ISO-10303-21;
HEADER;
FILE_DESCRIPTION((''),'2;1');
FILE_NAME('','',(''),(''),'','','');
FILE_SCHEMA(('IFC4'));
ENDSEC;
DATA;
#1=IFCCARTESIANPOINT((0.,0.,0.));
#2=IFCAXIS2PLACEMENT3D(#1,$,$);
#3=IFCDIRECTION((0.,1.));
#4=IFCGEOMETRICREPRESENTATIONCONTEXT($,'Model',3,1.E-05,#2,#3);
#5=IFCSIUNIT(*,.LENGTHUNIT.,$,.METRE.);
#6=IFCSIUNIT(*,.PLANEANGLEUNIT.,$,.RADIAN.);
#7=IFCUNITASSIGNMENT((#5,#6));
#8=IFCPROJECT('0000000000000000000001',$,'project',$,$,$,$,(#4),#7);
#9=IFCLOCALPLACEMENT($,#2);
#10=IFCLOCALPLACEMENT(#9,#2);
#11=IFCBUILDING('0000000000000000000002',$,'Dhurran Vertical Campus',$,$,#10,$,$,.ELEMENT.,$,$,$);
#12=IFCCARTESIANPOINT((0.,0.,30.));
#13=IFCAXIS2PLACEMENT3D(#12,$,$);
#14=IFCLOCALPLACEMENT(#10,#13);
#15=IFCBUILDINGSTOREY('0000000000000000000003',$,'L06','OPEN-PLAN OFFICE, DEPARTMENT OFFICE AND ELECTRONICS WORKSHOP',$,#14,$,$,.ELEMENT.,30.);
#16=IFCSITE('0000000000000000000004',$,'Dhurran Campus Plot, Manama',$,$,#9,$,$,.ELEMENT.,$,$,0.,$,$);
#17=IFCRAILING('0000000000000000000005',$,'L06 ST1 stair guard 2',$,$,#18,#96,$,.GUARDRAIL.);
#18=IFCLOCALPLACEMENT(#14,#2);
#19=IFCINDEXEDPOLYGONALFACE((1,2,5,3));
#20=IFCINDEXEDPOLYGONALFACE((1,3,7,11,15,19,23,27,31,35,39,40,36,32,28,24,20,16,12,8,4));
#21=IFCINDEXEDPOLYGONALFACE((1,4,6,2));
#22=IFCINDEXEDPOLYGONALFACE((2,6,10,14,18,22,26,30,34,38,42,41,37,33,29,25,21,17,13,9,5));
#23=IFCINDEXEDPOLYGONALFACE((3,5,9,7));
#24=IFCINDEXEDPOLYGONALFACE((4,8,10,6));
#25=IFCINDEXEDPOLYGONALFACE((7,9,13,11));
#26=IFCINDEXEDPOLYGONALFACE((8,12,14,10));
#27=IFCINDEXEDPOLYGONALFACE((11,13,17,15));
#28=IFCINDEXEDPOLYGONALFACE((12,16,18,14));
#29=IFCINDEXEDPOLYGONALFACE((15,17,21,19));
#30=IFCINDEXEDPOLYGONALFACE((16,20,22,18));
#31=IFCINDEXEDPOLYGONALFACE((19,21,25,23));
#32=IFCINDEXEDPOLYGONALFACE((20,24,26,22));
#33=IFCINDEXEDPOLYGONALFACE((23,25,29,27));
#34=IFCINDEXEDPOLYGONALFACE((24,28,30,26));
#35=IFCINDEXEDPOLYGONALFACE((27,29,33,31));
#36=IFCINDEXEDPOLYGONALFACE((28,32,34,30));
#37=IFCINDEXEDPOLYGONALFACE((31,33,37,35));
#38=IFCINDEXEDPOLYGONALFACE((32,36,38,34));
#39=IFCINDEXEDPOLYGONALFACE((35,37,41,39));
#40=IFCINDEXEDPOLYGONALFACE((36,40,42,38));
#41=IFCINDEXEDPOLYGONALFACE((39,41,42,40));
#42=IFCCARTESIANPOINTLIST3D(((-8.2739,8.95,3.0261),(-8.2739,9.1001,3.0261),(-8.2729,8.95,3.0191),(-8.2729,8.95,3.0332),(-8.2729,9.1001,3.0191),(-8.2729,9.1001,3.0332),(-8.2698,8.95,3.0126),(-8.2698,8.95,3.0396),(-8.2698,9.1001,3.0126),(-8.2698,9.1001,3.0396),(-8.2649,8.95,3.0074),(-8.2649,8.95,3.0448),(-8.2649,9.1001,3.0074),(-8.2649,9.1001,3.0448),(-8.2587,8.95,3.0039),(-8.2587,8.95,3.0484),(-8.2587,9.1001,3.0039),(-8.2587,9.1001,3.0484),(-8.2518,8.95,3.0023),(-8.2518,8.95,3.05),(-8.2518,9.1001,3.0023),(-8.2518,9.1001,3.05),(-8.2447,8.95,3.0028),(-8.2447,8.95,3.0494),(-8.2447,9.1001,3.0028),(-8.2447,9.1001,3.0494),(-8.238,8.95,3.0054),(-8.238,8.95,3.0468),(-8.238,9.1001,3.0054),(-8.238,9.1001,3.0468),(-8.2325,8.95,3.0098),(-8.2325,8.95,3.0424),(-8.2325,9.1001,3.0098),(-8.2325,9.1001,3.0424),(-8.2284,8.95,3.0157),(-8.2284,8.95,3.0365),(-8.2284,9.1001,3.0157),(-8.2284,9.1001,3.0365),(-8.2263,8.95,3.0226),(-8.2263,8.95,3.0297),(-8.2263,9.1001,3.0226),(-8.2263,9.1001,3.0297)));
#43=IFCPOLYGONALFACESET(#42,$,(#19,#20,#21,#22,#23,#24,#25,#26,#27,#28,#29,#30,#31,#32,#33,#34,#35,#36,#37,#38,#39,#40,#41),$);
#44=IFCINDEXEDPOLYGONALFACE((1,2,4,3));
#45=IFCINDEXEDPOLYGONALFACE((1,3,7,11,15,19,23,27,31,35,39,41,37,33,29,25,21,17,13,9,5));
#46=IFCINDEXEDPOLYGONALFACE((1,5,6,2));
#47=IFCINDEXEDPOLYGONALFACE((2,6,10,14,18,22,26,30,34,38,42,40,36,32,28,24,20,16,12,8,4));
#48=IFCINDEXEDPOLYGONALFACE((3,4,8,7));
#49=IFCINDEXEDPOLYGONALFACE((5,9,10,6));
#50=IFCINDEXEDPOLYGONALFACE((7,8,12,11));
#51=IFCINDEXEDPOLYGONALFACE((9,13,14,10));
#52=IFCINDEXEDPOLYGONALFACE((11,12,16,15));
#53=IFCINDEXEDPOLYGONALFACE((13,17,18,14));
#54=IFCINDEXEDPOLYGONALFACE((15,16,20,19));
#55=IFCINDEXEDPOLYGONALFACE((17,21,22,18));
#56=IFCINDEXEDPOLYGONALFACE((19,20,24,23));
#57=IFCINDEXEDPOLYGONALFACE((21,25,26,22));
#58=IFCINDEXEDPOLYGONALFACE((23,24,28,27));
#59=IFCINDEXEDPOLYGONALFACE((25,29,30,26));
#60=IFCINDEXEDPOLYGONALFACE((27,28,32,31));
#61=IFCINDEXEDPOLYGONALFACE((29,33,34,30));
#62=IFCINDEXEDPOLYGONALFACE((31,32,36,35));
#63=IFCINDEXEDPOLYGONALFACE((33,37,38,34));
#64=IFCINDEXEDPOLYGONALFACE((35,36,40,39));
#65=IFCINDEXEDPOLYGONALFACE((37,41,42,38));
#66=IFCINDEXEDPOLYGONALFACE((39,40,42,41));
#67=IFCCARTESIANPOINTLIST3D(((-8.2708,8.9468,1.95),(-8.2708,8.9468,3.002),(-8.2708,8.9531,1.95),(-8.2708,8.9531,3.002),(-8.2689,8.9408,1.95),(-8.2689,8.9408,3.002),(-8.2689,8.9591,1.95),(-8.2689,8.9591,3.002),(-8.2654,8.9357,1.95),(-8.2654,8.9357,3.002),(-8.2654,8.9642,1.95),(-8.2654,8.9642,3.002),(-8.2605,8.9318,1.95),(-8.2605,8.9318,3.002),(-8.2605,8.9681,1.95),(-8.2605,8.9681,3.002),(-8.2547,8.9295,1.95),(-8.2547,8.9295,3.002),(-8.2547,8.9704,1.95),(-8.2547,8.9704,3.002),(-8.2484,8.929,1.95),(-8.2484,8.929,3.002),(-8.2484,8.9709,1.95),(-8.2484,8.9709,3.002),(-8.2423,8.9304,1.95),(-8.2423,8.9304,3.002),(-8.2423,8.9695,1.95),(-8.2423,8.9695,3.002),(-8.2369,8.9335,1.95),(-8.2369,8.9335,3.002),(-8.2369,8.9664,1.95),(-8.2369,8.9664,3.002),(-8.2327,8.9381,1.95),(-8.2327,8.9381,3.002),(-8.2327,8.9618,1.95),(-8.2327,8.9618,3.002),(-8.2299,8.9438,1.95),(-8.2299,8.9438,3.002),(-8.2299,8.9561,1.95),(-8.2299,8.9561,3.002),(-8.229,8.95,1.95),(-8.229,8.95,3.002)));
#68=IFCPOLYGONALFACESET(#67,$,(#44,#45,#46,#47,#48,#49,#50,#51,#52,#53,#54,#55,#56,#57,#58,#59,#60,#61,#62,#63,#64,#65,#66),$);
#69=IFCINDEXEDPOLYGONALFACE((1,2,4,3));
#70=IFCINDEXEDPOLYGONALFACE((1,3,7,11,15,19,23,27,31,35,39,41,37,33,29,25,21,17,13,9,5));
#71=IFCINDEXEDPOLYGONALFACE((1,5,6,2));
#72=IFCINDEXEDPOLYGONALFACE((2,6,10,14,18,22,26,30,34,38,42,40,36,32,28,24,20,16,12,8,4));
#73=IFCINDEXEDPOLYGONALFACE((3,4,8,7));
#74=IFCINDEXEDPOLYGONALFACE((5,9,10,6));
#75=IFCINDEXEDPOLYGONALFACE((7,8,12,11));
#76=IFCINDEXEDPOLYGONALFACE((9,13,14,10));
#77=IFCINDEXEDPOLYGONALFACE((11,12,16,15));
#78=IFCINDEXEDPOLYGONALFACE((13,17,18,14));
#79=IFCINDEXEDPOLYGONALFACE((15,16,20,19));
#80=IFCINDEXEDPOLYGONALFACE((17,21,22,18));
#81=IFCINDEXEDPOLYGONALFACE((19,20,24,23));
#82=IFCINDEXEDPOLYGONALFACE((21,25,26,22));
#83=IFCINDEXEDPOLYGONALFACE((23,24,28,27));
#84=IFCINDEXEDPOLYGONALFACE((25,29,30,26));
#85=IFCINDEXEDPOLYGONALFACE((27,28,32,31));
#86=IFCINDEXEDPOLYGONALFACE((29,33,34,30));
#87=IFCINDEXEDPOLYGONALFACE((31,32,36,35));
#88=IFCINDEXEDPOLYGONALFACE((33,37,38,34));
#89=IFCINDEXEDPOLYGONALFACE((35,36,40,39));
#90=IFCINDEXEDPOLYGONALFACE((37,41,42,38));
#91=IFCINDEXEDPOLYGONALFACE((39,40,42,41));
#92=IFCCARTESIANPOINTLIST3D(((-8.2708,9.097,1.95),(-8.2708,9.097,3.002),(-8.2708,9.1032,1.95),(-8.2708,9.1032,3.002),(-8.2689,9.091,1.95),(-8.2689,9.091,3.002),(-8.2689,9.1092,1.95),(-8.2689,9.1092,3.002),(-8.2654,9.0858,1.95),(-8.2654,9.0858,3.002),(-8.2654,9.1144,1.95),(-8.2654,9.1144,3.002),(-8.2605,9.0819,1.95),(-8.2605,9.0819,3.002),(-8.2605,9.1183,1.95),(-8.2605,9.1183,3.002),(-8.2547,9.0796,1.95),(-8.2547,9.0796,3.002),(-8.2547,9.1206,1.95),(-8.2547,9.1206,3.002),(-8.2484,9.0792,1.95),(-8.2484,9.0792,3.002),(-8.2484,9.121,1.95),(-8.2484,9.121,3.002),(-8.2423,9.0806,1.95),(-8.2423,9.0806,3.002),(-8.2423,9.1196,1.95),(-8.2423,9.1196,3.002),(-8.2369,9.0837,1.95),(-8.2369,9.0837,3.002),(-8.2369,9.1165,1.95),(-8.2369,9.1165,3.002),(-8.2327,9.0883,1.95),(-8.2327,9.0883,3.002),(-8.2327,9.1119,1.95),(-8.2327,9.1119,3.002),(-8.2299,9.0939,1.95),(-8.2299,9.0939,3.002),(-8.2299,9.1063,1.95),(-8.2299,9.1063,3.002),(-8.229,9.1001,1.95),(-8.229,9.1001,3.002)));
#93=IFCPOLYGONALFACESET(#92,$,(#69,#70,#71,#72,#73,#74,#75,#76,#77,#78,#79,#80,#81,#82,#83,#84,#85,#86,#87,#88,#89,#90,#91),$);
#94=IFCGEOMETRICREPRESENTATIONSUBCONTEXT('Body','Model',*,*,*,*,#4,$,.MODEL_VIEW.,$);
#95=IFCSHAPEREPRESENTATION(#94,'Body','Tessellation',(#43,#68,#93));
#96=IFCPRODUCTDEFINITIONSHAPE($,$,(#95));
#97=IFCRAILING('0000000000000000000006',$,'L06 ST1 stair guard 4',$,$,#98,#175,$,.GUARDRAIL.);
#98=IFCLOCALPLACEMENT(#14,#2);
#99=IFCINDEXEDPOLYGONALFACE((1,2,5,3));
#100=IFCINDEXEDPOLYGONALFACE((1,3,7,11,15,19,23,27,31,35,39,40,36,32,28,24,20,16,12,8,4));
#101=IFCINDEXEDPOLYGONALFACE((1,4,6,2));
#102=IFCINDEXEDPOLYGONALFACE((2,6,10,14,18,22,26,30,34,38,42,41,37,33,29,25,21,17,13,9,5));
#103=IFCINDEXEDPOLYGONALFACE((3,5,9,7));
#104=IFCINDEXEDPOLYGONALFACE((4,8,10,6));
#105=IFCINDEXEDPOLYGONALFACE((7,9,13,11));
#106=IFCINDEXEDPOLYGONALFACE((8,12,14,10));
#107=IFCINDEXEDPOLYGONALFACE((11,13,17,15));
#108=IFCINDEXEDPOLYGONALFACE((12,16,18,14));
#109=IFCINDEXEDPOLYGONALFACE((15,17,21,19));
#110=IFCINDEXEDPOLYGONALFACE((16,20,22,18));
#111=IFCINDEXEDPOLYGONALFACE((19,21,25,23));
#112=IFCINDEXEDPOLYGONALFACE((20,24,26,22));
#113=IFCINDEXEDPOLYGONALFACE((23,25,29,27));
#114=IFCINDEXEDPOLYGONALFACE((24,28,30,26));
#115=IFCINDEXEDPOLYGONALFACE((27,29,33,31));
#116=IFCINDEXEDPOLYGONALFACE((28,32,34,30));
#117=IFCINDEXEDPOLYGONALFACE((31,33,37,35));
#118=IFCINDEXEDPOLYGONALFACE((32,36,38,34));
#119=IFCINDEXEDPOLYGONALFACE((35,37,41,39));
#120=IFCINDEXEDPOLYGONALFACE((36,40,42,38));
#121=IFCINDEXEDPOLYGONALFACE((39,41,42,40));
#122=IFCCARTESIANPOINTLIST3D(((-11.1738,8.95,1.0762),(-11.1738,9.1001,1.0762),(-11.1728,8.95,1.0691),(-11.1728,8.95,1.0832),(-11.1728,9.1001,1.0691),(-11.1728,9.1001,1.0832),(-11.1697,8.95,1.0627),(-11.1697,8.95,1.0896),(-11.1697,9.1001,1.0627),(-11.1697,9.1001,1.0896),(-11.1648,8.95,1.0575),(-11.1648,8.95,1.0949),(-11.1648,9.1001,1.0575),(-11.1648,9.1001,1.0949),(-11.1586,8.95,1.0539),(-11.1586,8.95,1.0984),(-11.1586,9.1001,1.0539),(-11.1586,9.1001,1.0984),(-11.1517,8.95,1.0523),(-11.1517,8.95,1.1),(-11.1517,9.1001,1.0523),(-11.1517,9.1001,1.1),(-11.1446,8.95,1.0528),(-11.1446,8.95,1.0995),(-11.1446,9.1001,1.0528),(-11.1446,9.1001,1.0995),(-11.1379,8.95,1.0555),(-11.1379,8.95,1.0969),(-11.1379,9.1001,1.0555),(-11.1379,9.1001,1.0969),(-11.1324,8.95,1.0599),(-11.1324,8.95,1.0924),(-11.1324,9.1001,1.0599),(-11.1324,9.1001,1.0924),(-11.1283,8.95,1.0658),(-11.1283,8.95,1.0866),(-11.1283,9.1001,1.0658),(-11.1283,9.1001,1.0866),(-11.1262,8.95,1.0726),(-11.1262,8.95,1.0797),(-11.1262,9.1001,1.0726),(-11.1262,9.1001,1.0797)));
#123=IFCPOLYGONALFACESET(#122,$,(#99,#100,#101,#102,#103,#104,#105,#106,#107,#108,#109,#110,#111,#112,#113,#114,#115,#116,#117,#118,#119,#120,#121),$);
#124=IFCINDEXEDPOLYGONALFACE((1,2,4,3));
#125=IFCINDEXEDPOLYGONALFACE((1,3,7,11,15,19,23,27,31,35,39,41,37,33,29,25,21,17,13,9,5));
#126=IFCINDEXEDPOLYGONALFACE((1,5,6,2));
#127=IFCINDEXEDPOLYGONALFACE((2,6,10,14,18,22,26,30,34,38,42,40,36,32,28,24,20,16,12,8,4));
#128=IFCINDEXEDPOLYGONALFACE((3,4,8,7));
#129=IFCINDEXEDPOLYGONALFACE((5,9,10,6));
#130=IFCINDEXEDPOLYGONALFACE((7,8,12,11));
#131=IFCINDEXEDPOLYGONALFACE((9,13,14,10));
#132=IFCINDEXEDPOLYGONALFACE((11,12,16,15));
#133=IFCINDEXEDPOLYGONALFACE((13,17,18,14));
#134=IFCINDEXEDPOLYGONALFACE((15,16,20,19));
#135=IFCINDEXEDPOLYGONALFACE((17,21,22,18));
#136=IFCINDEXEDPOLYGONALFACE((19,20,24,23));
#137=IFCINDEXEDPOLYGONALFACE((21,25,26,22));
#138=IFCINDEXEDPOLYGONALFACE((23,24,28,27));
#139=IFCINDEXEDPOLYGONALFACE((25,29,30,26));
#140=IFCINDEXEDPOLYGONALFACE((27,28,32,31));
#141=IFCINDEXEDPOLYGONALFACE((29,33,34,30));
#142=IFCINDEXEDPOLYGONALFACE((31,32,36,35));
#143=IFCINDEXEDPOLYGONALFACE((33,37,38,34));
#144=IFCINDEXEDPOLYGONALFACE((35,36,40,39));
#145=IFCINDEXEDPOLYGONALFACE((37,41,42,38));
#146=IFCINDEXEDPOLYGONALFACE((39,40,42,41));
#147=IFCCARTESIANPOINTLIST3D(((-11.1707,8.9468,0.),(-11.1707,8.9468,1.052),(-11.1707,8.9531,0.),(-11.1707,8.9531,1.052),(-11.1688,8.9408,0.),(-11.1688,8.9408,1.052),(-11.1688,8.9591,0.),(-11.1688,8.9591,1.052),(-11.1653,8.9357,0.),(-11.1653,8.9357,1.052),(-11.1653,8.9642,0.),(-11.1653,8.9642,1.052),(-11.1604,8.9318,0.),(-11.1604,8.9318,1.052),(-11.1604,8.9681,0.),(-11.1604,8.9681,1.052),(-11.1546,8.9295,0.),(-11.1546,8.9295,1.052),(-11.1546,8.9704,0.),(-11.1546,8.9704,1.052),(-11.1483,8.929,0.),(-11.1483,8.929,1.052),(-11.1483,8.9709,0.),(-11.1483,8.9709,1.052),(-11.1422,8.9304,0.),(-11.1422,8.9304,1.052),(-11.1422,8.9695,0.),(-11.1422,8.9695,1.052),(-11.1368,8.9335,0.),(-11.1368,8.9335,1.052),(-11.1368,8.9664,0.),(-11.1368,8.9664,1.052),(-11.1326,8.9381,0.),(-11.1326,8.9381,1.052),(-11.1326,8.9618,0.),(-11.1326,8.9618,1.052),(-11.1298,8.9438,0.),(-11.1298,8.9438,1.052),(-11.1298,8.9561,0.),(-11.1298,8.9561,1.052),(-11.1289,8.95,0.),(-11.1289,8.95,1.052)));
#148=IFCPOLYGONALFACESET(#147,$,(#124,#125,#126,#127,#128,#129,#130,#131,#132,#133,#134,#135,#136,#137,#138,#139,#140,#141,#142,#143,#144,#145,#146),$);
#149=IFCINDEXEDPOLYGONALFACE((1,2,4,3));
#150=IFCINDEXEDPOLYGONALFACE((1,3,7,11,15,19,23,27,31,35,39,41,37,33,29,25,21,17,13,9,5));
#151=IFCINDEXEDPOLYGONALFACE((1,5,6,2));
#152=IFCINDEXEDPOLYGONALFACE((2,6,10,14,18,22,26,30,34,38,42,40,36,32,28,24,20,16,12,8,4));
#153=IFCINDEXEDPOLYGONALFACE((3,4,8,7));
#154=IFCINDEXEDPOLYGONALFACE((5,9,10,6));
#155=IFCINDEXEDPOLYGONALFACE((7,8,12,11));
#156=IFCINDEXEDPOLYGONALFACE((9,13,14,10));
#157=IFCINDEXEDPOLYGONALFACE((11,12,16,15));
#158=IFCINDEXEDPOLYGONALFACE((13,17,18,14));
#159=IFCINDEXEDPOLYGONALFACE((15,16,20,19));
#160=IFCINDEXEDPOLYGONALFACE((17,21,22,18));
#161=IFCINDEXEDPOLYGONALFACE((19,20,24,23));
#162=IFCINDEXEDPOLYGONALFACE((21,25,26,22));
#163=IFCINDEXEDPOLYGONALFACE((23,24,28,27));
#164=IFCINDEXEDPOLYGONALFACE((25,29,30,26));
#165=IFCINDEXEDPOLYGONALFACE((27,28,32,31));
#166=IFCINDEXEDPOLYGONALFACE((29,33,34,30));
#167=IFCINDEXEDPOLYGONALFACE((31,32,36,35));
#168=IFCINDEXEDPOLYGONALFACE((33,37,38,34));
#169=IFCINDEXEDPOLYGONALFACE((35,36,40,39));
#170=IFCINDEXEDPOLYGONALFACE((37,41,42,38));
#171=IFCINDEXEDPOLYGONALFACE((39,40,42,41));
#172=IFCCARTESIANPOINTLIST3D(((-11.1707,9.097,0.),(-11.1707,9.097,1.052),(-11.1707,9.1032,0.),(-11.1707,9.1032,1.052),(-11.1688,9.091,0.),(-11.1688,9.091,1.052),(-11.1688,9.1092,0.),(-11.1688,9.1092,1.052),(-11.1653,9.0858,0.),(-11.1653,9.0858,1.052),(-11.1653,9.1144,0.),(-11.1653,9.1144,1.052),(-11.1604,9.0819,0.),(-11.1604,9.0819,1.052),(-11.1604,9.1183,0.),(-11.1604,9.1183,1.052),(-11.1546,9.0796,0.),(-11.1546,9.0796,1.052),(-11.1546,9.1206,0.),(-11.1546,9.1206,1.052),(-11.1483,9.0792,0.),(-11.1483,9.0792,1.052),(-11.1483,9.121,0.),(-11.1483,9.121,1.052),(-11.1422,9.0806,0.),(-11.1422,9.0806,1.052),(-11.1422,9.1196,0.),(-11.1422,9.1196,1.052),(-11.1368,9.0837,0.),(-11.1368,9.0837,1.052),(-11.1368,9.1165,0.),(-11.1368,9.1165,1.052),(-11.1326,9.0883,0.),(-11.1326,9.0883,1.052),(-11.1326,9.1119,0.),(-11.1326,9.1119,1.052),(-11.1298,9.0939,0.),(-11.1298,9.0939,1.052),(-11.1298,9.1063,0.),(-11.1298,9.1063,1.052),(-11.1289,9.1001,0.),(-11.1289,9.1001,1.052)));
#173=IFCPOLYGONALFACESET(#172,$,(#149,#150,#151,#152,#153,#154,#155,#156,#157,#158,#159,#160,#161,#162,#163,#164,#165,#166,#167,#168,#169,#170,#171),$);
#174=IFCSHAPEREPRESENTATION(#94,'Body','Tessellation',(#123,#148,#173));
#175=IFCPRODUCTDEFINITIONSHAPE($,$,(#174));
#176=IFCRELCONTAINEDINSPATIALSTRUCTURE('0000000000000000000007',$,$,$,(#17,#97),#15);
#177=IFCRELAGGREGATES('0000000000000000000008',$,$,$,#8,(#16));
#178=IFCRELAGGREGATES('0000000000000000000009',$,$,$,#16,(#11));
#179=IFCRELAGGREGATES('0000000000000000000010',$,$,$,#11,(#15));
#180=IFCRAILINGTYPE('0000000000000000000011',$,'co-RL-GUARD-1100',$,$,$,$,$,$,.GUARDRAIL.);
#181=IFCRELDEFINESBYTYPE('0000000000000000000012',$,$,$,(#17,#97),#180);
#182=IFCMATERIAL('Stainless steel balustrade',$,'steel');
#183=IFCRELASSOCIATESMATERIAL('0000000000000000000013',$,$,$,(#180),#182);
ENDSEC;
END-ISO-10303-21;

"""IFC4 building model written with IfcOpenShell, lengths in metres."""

from ifc_helpers import new_model, si_unit, direction, frame, origin, origin_2d, place, context, subcontext, project, spatial, circle, extrude, material, type_object, element, save


model = new_model("IFC4")

# Units and contexts
model_context = context("Model", 3, precision=1e-05, world=origin(), true_north=direction((0.0, 1.0)))
body_context = subcontext(model_context, "Body", "Model", "MODEL_VIEW")
ifc_project = project(units=[si_unit("LENGTHUNIT", "METRE"), si_unit("PLANEANGLEUNIT", "RADIAN")], contexts=[model_context])

# Site, building, storey
site_placement = place(None, origin())
site = spatial("IfcSite", under=ifc_project, at=site_placement, Name="Dhurran Campus Plot, Manama", CompositionType="ELEMENT", RefElevation=0.0)
building_placement = place(site_placement, origin())
building = spatial("IfcBuilding", under=site, at=building_placement, Name="Dhurran Vertical Campus", CompositionType="ELEMENT")
storey_placement = place(building_placement, frame((0.0, 0.0, 30.0)))
storey = spatial("IfcBuildingStorey", under=building, at=storey_placement, Name="L06", Description="OPEN-PLAN OFFICE, DEPARTMENT OFFICE AND ELECTRONICS WORKSHOP", CompositionType="ELEMENT", Elevation=30.0)

# Railings
ifc_material_1 = material(Name="Stainless steel balustrade", Category="steel")
railing_type_1 = type_object("IfcRailingType", Name="co-RL-GUARD-1100", PredefinedType="GUARDRAIL", material=ifc_material_1)
for number, where, name in (
    (1, (-8.25, 8.95, 1.95), "L06 ST1 stair guard 2"),
    (2, (-11.1499, 8.95, 0.0), "L06 ST1 stair guard 4"),
):
    element("IfcRailing", number, at=place(storey_placement, frame(where)), inside=storey, type_object=railing_type_1, Name=name, PredefinedType="GUARDRAIL", context=body_context, shape_type="SweptSolid", body=[
        extrude(circle(Radius=0.0239, at=origin_2d()), frame((0.0, 0.0, 1.0762), z_axis=(0.0, 1.0, 0.0), x_axis=(-1.0, 0.0, 0.0)), (0.0, 0.0, 1.0), 0.1501),
        extrude(circle(Radius=0.021, at=origin_2d()), origin(), (0.0, 0.0, 1.0), 1.052),
        extrude(circle(Radius=0.021, at=origin_2d()), frame((0.0, 0.1501, 0.0)), (0.0, 0.0, 1.0), 1.052),
    ])

save(model, "model.ifc")
